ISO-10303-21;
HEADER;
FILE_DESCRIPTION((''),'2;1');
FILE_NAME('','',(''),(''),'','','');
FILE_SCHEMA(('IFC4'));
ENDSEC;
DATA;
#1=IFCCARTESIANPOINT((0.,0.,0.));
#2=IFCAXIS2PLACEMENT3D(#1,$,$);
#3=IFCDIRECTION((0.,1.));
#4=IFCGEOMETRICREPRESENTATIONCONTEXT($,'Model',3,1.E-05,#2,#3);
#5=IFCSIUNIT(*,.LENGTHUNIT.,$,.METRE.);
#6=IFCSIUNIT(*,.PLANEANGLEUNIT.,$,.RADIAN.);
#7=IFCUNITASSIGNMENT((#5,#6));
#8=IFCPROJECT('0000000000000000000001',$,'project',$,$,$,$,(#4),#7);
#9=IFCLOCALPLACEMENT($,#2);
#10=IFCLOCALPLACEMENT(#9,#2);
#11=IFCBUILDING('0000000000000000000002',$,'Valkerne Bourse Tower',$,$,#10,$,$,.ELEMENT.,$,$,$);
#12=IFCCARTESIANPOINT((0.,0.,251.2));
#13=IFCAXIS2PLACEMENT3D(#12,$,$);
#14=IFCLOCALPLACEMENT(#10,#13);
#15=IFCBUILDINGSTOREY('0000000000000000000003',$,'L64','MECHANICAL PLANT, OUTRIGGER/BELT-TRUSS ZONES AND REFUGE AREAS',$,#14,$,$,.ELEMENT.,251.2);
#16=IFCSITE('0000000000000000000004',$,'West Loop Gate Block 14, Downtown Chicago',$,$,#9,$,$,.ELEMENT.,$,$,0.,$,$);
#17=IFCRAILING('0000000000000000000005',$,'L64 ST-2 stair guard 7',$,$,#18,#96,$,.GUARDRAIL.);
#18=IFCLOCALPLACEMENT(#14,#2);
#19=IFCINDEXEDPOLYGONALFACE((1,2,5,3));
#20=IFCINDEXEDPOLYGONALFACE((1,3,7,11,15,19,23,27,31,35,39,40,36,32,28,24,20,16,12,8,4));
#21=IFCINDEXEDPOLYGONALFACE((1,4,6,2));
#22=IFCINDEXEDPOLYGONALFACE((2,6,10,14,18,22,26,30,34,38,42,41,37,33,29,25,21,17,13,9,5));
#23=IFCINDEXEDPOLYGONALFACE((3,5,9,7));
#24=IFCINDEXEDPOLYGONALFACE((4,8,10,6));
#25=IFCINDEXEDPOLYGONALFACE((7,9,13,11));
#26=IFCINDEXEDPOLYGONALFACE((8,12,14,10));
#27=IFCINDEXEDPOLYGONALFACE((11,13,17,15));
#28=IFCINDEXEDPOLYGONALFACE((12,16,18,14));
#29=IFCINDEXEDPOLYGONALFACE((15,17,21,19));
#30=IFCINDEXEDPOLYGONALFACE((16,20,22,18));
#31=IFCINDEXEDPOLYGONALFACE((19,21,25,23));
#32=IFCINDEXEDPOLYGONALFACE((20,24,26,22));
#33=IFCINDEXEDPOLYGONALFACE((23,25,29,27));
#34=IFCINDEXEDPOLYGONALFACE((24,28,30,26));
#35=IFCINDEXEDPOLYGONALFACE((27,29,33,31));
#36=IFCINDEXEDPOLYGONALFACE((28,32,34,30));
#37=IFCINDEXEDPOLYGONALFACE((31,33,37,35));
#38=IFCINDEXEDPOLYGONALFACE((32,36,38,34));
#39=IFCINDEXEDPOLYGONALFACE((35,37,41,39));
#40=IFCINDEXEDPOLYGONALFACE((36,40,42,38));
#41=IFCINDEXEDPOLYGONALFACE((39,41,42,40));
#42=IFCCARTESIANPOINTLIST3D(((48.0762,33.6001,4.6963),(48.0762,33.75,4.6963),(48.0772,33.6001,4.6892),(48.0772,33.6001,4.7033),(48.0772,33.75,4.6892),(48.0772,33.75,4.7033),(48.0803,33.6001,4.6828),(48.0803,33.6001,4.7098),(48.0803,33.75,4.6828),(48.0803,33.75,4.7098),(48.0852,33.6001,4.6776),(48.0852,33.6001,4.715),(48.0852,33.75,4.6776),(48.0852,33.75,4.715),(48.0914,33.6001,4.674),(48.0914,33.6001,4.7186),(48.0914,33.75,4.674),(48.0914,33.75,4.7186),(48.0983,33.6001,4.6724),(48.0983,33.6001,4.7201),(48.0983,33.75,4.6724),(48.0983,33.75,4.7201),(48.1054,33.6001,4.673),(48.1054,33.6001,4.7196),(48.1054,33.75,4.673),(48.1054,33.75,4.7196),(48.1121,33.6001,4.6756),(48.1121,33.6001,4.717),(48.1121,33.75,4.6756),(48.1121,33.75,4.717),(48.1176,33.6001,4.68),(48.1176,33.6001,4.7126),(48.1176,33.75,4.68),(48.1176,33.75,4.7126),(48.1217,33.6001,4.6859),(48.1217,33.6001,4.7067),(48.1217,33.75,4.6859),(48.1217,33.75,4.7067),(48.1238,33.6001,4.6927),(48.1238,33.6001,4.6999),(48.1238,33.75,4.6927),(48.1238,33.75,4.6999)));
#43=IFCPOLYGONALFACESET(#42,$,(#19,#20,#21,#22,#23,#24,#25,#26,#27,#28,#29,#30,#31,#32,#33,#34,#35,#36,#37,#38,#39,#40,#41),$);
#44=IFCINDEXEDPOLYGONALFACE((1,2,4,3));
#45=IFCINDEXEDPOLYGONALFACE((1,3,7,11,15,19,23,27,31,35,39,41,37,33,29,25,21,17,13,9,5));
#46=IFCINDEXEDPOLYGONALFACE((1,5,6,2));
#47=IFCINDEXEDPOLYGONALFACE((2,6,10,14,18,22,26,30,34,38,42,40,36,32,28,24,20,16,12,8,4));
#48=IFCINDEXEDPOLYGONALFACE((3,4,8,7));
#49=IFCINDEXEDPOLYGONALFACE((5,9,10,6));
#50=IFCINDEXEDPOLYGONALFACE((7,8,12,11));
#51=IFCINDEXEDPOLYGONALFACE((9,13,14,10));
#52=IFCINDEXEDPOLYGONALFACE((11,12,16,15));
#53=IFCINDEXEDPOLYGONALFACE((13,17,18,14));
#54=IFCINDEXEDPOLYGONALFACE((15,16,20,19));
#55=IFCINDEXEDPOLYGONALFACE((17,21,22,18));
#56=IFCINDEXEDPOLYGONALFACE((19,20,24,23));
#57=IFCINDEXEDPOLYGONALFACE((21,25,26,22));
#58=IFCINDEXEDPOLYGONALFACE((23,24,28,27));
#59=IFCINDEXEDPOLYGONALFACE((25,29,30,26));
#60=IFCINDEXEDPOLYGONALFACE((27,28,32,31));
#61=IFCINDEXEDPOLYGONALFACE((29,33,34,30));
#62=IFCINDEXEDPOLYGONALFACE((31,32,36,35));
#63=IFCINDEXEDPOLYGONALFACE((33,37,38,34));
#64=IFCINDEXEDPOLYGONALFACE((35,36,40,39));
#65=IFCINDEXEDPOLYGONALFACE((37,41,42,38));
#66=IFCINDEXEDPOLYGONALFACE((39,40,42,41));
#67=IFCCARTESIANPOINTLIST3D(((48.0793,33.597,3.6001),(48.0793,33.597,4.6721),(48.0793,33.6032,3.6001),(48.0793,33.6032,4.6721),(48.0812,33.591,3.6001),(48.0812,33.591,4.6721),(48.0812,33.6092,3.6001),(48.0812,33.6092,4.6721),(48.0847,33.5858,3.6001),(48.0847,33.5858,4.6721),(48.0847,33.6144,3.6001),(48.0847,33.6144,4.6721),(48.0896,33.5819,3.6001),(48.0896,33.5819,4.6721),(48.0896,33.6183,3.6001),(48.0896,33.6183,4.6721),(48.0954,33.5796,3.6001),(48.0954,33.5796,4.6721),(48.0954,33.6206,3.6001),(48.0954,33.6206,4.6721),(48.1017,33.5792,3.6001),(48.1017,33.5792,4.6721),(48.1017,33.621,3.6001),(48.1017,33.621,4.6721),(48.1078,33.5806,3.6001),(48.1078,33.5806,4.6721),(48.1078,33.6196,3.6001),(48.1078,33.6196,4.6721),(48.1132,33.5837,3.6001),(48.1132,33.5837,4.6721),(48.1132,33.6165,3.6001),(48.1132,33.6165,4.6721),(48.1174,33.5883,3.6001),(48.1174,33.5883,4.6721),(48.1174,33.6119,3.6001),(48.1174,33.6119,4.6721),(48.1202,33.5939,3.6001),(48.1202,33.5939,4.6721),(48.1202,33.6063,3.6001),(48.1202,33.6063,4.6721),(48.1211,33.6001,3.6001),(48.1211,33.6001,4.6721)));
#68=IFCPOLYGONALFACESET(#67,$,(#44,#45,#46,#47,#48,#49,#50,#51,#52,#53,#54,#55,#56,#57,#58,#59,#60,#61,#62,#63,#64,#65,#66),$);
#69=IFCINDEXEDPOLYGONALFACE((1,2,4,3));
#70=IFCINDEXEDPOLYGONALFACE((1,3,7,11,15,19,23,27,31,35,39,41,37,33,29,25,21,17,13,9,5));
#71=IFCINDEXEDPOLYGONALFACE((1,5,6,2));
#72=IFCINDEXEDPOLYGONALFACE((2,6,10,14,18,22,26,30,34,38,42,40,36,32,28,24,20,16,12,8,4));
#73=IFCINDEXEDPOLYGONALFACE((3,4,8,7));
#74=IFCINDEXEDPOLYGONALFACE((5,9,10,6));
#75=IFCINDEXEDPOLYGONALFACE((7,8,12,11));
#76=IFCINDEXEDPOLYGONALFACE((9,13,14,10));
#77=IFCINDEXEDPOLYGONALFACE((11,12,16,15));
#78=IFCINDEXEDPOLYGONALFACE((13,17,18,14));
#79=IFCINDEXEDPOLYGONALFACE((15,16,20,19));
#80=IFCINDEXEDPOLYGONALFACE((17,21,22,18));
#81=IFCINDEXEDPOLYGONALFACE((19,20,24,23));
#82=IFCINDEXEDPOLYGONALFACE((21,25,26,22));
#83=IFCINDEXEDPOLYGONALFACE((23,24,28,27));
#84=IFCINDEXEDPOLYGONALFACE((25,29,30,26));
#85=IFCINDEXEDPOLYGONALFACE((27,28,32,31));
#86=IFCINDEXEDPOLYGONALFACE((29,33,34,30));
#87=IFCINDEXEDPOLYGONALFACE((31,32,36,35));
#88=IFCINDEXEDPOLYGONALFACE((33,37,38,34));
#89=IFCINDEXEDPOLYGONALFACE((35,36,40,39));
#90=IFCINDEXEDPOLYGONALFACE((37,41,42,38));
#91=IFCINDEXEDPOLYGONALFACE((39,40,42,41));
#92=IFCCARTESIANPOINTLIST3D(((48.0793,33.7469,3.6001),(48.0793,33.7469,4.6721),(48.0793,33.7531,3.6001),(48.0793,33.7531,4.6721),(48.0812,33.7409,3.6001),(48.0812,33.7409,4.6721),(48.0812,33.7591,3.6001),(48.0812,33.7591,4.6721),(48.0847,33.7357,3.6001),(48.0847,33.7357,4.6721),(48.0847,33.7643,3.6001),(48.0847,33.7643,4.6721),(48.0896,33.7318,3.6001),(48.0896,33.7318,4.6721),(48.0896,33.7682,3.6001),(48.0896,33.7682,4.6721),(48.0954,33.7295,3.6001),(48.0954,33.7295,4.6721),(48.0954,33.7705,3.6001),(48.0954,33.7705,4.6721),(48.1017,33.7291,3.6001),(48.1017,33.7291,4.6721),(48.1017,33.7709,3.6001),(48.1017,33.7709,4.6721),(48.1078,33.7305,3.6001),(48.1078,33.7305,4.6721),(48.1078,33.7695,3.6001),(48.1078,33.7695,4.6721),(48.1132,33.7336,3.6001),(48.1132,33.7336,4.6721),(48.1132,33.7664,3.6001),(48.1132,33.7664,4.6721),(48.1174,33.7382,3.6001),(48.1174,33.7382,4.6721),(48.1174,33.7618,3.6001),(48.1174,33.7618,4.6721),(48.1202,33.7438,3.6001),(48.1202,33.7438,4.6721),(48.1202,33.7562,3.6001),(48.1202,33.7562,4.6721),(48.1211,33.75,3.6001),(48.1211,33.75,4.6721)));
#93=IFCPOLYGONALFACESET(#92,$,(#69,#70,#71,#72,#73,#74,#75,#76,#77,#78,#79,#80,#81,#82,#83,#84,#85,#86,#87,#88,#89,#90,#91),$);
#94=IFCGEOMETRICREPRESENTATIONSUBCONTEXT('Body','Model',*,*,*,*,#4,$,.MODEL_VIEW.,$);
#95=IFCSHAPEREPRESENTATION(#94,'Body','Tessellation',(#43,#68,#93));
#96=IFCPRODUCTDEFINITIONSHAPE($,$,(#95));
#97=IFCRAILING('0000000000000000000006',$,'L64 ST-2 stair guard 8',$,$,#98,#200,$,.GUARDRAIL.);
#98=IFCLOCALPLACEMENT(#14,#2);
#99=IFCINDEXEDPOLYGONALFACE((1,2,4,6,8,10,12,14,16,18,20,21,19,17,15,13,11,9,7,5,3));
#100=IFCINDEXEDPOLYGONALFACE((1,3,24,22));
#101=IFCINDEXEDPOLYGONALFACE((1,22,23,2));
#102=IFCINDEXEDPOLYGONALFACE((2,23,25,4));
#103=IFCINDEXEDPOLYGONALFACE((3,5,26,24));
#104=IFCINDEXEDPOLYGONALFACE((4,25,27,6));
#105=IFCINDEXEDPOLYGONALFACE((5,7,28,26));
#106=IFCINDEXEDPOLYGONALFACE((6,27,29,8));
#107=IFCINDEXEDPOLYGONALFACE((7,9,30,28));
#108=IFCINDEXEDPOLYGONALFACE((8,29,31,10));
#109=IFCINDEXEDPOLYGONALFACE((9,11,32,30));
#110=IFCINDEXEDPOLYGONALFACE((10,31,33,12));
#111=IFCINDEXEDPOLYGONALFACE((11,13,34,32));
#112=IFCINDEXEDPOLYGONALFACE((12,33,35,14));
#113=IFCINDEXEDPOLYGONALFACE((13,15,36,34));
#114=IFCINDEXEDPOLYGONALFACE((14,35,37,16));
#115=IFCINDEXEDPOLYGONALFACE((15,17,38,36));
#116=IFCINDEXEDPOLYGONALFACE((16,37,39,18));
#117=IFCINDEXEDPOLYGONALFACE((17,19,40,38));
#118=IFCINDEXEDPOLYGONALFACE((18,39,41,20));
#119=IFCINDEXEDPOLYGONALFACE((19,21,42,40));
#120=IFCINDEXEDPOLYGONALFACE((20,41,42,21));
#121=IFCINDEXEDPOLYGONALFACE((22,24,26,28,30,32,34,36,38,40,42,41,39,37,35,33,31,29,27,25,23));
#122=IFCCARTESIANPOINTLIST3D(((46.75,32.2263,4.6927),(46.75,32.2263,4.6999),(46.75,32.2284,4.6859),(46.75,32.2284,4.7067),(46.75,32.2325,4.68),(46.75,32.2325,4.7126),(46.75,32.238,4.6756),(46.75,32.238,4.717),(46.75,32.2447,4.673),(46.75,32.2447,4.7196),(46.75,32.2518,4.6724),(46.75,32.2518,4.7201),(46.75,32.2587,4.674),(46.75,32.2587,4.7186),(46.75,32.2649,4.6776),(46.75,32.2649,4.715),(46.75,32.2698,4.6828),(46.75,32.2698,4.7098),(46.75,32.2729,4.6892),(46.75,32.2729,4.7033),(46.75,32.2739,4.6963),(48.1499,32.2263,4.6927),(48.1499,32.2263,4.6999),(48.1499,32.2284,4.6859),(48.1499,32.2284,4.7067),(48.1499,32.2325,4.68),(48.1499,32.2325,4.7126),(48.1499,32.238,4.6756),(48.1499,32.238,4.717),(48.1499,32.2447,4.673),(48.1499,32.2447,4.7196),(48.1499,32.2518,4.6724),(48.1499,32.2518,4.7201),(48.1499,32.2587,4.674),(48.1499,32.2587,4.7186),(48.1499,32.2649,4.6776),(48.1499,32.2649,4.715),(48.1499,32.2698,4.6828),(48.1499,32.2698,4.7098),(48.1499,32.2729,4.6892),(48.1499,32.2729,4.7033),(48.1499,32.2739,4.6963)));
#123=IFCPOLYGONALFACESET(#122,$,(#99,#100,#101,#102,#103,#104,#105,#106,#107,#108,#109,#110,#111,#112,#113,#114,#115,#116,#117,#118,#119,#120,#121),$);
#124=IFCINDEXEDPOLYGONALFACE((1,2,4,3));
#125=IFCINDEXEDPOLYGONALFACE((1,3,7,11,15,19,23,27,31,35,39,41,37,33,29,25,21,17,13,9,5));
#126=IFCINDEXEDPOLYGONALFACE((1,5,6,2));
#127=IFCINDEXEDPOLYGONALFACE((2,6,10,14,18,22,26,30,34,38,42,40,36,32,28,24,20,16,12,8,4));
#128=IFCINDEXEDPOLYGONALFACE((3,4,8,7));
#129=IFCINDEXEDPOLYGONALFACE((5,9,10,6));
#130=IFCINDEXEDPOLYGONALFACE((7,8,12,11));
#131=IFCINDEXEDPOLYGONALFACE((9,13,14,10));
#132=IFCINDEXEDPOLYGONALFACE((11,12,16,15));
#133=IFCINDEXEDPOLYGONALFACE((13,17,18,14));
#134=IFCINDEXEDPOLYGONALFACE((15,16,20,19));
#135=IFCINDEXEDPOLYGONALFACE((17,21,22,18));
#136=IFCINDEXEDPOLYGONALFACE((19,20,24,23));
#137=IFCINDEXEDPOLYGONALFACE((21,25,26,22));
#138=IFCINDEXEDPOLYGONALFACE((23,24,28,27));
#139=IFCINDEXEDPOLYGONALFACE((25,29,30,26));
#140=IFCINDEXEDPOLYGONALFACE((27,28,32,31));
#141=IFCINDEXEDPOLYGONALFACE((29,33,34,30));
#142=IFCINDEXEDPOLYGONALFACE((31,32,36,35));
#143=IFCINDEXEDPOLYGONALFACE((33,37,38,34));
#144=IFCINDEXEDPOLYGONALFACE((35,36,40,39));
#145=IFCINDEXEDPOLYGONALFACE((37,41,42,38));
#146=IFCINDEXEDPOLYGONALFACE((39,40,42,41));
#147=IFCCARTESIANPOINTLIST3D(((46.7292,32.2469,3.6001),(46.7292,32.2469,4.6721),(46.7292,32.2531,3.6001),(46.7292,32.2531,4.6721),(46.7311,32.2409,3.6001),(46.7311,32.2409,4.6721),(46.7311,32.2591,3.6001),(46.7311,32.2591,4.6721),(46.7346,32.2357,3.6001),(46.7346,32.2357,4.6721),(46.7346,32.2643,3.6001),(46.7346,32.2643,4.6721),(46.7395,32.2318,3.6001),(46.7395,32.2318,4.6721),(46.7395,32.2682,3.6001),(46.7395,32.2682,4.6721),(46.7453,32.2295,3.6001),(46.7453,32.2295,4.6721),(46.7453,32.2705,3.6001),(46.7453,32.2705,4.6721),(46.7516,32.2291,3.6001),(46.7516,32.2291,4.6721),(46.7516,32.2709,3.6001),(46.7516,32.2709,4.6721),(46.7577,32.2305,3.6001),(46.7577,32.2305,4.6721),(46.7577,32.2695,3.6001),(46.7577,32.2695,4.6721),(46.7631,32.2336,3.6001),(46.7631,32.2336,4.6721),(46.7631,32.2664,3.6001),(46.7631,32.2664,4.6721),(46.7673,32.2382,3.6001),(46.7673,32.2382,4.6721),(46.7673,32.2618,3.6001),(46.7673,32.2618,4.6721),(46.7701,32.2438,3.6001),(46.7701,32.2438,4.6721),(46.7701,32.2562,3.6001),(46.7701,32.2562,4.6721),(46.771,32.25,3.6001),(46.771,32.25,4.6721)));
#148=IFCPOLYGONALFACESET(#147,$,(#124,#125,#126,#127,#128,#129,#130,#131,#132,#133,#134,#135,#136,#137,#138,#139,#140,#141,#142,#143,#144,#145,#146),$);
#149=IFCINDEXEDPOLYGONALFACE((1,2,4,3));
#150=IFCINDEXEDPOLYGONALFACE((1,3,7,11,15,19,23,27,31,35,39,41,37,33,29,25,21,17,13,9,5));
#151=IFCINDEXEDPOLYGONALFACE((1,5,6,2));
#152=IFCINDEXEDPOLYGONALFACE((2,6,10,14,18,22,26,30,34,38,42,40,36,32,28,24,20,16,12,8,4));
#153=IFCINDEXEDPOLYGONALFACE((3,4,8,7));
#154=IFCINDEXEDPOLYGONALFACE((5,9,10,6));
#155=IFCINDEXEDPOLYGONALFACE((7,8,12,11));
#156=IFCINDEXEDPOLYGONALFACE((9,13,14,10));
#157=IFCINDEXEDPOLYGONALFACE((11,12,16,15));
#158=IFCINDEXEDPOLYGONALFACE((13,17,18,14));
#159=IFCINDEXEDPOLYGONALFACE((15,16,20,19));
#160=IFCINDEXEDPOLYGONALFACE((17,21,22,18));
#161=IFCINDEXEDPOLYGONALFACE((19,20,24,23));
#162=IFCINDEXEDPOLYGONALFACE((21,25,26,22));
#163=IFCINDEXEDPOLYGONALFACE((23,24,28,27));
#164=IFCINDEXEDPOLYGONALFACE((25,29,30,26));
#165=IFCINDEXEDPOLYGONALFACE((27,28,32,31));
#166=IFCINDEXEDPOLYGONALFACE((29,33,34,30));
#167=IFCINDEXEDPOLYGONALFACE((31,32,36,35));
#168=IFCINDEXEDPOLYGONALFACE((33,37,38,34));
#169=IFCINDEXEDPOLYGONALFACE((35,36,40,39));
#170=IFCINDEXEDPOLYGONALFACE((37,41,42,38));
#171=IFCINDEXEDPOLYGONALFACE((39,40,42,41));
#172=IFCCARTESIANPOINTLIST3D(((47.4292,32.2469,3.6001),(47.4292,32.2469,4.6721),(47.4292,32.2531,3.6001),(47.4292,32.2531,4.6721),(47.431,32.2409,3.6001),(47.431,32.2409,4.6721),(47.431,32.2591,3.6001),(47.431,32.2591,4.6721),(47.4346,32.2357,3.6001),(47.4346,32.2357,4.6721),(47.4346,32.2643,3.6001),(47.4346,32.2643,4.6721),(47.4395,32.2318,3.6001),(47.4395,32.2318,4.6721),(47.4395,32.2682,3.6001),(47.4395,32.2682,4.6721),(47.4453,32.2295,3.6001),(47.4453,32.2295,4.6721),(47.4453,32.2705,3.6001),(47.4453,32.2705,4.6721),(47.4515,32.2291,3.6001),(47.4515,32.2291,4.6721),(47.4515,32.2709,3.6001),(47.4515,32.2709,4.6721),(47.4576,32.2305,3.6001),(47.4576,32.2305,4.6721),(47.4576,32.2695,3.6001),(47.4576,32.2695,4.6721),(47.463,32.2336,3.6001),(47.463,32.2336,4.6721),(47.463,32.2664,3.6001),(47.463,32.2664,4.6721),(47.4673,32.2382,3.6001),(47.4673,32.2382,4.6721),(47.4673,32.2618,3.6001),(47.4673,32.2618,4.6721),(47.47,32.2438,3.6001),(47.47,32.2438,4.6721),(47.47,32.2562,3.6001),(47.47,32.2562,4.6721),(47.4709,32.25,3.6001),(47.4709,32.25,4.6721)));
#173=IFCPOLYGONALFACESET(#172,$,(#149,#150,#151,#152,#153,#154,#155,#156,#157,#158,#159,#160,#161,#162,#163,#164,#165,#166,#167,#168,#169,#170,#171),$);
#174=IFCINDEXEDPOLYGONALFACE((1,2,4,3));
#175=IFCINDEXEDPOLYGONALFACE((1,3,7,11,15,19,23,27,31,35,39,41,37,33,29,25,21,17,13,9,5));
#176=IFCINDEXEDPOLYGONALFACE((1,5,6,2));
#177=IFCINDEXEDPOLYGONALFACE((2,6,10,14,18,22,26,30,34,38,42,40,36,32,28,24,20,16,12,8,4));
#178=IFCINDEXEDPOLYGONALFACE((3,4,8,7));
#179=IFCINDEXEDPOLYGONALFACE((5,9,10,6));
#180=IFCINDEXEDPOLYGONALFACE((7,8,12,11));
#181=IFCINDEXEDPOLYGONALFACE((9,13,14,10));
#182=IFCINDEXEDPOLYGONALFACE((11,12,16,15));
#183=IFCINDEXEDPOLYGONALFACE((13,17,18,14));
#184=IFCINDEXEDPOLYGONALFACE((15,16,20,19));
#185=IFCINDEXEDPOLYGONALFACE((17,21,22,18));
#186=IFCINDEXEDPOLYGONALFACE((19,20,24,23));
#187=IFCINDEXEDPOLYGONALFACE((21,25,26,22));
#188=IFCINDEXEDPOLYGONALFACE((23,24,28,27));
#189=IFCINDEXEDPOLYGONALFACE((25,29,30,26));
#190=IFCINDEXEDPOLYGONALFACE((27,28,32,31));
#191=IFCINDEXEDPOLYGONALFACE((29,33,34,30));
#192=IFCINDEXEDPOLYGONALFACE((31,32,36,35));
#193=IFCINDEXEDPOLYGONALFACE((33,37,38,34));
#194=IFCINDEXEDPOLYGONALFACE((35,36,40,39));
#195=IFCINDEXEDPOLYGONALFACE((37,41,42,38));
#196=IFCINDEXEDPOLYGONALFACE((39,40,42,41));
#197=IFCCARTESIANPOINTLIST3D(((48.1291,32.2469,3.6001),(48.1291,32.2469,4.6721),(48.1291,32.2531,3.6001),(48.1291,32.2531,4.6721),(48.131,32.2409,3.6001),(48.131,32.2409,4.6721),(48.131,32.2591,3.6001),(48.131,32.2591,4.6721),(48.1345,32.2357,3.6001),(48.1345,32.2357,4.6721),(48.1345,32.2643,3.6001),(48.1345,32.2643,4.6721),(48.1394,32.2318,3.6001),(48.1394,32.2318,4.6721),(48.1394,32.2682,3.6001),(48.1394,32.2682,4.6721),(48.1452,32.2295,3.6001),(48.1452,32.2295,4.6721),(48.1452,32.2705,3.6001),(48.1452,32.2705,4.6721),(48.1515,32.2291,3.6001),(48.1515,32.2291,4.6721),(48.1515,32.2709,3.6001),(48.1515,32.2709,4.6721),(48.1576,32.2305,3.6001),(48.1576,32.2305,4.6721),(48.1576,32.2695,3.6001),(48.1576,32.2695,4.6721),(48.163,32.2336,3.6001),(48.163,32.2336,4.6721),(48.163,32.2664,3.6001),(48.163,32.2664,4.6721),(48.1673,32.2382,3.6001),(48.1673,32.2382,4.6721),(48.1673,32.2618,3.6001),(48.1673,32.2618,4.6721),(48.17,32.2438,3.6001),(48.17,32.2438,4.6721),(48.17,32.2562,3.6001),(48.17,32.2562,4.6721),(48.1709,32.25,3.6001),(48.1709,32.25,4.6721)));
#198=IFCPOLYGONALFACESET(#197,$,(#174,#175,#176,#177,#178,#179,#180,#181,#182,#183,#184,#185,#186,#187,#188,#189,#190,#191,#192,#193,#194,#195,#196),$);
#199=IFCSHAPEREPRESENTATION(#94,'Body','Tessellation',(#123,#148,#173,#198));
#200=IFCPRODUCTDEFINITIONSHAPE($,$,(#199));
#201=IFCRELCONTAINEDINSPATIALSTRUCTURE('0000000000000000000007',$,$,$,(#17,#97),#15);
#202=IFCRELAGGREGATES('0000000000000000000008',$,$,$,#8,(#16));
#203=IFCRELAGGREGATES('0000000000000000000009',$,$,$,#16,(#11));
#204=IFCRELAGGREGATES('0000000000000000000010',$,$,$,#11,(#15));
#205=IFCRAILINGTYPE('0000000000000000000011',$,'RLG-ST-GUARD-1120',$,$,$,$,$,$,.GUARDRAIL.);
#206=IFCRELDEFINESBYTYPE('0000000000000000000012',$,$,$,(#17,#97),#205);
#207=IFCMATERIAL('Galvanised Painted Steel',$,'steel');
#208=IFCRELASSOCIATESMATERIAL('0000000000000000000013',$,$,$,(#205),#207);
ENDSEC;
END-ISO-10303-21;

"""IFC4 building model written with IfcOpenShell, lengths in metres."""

from ifc_helpers import new_model, si_unit, direction, frame, origin, origin_2d, place, context, subcontext, project, spatial, circle, extrude, material, type_object, element, save


model = new_model("IFC4")

# Units and contexts
model_context = context("Model", 3, precision=1e-05, world=origin(), true_north=direction((0.0, 1.0)))
body_context = subcontext(model_context, "Body", "Model", "MODEL_VIEW")
ifc_project = project(units=[si_unit("LENGTHUNIT", "METRE"), si_unit("PLANEANGLEUNIT", "RADIAN")], contexts=[model_context])

# Site, building, storey
site_placement = place(None, origin())
site = spatial("IfcSite", under=ifc_project, at=site_placement, Name="West Loop Gate Block 14, Downtown Chicago", CompositionType="ELEMENT", RefElevation=0.0)
building_placement = place(site_placement, origin())
building = spatial("IfcBuilding", under=site, at=building_placement, Name="Valkerne Bourse Tower", CompositionType="ELEMENT")
storey_placement = place(building_placement, frame((0.0, 0.0, 251.2)))
storey = spatial("IfcBuildingStorey", under=building, at=storey_placement, Name="L64", Description="MECHANICAL PLANT, OUTRIGGER/BELT-TRUSS ZONES AND REFUGE AREAS", CompositionType="ELEMENT", Elevation=251.2)

# Shared definitions
ifc_material_1 = material(Name="Galvanised Painted Steel", Category="steel")

# Railings
railing_type_1 = type_object("IfcRailingType", Name="RLG-ST-GUARD-1120", PredefinedType="GUARDRAIL", material=ifc_material_1)
railing_1_placement = place(storey_placement, frame((48.1001, 33.6001, 3.6001)))
element("IfcRailing", 1, at=railing_1_placement, inside=storey, type_object=railing_type_1, Name="L64 ST-2 stair guard 7", PredefinedType="GUARDRAIL", context=body_context, shape_type="SweptSolid", body=[
    extrude(circle(Radius=0.0239, at=origin_2d()), frame((0.0, 0.0, 1.0962), z_axis=(0.0, 1.0, 0.0), x_axis=(-1.0, 0.0, 0.0)), (0.0, 0.0, 1.0), 0.1499),
    extrude(circle(Radius=0.021, at=origin_2d()), origin(), (0.0, 0.0, 1.0), 1.072),
    extrude(circle(Radius=0.021, at=origin_2d()), frame((0.0, 0.1499, 0.0)), (0.0, 0.0, 1.0), 1.072),
])
railing_2_placement = place(storey_placement, frame((46.75, 32.25, 3.6001)))
element("IfcRailing", 2, at=railing_2_placement, inside=storey, type_object=railing_type_1, Name="L64 ST-2 stair guard 8", PredefinedType="GUARDRAIL", context=body_context, shape_type="SweptSolid", body=[
    extrude(circle(Radius=0.0239, at=origin_2d()), frame((0.0, 0.0, 1.0962), z_axis=(1.0, 0.0, 0.0), x_axis=(0.0, 1.0, 0.0)), (0.0, 0.0, 1.0), 1.3999),
    extrude(circle(Radius=0.021, at=origin_2d()), origin(), (0.0, 0.0, 1.0), 1.072),
    extrude(circle(Radius=0.021, at=origin_2d()), frame((0.7, 0.0, 0.0)), (0.0, 0.0, 1.0), 1.072),
    extrude(circle(Radius=0.021, at=origin_2d()), frame((1.3999, 0.0, 0.0)), (0.0, 0.0, 1.0), 1.072),
])

save(model, "model.ifc")
